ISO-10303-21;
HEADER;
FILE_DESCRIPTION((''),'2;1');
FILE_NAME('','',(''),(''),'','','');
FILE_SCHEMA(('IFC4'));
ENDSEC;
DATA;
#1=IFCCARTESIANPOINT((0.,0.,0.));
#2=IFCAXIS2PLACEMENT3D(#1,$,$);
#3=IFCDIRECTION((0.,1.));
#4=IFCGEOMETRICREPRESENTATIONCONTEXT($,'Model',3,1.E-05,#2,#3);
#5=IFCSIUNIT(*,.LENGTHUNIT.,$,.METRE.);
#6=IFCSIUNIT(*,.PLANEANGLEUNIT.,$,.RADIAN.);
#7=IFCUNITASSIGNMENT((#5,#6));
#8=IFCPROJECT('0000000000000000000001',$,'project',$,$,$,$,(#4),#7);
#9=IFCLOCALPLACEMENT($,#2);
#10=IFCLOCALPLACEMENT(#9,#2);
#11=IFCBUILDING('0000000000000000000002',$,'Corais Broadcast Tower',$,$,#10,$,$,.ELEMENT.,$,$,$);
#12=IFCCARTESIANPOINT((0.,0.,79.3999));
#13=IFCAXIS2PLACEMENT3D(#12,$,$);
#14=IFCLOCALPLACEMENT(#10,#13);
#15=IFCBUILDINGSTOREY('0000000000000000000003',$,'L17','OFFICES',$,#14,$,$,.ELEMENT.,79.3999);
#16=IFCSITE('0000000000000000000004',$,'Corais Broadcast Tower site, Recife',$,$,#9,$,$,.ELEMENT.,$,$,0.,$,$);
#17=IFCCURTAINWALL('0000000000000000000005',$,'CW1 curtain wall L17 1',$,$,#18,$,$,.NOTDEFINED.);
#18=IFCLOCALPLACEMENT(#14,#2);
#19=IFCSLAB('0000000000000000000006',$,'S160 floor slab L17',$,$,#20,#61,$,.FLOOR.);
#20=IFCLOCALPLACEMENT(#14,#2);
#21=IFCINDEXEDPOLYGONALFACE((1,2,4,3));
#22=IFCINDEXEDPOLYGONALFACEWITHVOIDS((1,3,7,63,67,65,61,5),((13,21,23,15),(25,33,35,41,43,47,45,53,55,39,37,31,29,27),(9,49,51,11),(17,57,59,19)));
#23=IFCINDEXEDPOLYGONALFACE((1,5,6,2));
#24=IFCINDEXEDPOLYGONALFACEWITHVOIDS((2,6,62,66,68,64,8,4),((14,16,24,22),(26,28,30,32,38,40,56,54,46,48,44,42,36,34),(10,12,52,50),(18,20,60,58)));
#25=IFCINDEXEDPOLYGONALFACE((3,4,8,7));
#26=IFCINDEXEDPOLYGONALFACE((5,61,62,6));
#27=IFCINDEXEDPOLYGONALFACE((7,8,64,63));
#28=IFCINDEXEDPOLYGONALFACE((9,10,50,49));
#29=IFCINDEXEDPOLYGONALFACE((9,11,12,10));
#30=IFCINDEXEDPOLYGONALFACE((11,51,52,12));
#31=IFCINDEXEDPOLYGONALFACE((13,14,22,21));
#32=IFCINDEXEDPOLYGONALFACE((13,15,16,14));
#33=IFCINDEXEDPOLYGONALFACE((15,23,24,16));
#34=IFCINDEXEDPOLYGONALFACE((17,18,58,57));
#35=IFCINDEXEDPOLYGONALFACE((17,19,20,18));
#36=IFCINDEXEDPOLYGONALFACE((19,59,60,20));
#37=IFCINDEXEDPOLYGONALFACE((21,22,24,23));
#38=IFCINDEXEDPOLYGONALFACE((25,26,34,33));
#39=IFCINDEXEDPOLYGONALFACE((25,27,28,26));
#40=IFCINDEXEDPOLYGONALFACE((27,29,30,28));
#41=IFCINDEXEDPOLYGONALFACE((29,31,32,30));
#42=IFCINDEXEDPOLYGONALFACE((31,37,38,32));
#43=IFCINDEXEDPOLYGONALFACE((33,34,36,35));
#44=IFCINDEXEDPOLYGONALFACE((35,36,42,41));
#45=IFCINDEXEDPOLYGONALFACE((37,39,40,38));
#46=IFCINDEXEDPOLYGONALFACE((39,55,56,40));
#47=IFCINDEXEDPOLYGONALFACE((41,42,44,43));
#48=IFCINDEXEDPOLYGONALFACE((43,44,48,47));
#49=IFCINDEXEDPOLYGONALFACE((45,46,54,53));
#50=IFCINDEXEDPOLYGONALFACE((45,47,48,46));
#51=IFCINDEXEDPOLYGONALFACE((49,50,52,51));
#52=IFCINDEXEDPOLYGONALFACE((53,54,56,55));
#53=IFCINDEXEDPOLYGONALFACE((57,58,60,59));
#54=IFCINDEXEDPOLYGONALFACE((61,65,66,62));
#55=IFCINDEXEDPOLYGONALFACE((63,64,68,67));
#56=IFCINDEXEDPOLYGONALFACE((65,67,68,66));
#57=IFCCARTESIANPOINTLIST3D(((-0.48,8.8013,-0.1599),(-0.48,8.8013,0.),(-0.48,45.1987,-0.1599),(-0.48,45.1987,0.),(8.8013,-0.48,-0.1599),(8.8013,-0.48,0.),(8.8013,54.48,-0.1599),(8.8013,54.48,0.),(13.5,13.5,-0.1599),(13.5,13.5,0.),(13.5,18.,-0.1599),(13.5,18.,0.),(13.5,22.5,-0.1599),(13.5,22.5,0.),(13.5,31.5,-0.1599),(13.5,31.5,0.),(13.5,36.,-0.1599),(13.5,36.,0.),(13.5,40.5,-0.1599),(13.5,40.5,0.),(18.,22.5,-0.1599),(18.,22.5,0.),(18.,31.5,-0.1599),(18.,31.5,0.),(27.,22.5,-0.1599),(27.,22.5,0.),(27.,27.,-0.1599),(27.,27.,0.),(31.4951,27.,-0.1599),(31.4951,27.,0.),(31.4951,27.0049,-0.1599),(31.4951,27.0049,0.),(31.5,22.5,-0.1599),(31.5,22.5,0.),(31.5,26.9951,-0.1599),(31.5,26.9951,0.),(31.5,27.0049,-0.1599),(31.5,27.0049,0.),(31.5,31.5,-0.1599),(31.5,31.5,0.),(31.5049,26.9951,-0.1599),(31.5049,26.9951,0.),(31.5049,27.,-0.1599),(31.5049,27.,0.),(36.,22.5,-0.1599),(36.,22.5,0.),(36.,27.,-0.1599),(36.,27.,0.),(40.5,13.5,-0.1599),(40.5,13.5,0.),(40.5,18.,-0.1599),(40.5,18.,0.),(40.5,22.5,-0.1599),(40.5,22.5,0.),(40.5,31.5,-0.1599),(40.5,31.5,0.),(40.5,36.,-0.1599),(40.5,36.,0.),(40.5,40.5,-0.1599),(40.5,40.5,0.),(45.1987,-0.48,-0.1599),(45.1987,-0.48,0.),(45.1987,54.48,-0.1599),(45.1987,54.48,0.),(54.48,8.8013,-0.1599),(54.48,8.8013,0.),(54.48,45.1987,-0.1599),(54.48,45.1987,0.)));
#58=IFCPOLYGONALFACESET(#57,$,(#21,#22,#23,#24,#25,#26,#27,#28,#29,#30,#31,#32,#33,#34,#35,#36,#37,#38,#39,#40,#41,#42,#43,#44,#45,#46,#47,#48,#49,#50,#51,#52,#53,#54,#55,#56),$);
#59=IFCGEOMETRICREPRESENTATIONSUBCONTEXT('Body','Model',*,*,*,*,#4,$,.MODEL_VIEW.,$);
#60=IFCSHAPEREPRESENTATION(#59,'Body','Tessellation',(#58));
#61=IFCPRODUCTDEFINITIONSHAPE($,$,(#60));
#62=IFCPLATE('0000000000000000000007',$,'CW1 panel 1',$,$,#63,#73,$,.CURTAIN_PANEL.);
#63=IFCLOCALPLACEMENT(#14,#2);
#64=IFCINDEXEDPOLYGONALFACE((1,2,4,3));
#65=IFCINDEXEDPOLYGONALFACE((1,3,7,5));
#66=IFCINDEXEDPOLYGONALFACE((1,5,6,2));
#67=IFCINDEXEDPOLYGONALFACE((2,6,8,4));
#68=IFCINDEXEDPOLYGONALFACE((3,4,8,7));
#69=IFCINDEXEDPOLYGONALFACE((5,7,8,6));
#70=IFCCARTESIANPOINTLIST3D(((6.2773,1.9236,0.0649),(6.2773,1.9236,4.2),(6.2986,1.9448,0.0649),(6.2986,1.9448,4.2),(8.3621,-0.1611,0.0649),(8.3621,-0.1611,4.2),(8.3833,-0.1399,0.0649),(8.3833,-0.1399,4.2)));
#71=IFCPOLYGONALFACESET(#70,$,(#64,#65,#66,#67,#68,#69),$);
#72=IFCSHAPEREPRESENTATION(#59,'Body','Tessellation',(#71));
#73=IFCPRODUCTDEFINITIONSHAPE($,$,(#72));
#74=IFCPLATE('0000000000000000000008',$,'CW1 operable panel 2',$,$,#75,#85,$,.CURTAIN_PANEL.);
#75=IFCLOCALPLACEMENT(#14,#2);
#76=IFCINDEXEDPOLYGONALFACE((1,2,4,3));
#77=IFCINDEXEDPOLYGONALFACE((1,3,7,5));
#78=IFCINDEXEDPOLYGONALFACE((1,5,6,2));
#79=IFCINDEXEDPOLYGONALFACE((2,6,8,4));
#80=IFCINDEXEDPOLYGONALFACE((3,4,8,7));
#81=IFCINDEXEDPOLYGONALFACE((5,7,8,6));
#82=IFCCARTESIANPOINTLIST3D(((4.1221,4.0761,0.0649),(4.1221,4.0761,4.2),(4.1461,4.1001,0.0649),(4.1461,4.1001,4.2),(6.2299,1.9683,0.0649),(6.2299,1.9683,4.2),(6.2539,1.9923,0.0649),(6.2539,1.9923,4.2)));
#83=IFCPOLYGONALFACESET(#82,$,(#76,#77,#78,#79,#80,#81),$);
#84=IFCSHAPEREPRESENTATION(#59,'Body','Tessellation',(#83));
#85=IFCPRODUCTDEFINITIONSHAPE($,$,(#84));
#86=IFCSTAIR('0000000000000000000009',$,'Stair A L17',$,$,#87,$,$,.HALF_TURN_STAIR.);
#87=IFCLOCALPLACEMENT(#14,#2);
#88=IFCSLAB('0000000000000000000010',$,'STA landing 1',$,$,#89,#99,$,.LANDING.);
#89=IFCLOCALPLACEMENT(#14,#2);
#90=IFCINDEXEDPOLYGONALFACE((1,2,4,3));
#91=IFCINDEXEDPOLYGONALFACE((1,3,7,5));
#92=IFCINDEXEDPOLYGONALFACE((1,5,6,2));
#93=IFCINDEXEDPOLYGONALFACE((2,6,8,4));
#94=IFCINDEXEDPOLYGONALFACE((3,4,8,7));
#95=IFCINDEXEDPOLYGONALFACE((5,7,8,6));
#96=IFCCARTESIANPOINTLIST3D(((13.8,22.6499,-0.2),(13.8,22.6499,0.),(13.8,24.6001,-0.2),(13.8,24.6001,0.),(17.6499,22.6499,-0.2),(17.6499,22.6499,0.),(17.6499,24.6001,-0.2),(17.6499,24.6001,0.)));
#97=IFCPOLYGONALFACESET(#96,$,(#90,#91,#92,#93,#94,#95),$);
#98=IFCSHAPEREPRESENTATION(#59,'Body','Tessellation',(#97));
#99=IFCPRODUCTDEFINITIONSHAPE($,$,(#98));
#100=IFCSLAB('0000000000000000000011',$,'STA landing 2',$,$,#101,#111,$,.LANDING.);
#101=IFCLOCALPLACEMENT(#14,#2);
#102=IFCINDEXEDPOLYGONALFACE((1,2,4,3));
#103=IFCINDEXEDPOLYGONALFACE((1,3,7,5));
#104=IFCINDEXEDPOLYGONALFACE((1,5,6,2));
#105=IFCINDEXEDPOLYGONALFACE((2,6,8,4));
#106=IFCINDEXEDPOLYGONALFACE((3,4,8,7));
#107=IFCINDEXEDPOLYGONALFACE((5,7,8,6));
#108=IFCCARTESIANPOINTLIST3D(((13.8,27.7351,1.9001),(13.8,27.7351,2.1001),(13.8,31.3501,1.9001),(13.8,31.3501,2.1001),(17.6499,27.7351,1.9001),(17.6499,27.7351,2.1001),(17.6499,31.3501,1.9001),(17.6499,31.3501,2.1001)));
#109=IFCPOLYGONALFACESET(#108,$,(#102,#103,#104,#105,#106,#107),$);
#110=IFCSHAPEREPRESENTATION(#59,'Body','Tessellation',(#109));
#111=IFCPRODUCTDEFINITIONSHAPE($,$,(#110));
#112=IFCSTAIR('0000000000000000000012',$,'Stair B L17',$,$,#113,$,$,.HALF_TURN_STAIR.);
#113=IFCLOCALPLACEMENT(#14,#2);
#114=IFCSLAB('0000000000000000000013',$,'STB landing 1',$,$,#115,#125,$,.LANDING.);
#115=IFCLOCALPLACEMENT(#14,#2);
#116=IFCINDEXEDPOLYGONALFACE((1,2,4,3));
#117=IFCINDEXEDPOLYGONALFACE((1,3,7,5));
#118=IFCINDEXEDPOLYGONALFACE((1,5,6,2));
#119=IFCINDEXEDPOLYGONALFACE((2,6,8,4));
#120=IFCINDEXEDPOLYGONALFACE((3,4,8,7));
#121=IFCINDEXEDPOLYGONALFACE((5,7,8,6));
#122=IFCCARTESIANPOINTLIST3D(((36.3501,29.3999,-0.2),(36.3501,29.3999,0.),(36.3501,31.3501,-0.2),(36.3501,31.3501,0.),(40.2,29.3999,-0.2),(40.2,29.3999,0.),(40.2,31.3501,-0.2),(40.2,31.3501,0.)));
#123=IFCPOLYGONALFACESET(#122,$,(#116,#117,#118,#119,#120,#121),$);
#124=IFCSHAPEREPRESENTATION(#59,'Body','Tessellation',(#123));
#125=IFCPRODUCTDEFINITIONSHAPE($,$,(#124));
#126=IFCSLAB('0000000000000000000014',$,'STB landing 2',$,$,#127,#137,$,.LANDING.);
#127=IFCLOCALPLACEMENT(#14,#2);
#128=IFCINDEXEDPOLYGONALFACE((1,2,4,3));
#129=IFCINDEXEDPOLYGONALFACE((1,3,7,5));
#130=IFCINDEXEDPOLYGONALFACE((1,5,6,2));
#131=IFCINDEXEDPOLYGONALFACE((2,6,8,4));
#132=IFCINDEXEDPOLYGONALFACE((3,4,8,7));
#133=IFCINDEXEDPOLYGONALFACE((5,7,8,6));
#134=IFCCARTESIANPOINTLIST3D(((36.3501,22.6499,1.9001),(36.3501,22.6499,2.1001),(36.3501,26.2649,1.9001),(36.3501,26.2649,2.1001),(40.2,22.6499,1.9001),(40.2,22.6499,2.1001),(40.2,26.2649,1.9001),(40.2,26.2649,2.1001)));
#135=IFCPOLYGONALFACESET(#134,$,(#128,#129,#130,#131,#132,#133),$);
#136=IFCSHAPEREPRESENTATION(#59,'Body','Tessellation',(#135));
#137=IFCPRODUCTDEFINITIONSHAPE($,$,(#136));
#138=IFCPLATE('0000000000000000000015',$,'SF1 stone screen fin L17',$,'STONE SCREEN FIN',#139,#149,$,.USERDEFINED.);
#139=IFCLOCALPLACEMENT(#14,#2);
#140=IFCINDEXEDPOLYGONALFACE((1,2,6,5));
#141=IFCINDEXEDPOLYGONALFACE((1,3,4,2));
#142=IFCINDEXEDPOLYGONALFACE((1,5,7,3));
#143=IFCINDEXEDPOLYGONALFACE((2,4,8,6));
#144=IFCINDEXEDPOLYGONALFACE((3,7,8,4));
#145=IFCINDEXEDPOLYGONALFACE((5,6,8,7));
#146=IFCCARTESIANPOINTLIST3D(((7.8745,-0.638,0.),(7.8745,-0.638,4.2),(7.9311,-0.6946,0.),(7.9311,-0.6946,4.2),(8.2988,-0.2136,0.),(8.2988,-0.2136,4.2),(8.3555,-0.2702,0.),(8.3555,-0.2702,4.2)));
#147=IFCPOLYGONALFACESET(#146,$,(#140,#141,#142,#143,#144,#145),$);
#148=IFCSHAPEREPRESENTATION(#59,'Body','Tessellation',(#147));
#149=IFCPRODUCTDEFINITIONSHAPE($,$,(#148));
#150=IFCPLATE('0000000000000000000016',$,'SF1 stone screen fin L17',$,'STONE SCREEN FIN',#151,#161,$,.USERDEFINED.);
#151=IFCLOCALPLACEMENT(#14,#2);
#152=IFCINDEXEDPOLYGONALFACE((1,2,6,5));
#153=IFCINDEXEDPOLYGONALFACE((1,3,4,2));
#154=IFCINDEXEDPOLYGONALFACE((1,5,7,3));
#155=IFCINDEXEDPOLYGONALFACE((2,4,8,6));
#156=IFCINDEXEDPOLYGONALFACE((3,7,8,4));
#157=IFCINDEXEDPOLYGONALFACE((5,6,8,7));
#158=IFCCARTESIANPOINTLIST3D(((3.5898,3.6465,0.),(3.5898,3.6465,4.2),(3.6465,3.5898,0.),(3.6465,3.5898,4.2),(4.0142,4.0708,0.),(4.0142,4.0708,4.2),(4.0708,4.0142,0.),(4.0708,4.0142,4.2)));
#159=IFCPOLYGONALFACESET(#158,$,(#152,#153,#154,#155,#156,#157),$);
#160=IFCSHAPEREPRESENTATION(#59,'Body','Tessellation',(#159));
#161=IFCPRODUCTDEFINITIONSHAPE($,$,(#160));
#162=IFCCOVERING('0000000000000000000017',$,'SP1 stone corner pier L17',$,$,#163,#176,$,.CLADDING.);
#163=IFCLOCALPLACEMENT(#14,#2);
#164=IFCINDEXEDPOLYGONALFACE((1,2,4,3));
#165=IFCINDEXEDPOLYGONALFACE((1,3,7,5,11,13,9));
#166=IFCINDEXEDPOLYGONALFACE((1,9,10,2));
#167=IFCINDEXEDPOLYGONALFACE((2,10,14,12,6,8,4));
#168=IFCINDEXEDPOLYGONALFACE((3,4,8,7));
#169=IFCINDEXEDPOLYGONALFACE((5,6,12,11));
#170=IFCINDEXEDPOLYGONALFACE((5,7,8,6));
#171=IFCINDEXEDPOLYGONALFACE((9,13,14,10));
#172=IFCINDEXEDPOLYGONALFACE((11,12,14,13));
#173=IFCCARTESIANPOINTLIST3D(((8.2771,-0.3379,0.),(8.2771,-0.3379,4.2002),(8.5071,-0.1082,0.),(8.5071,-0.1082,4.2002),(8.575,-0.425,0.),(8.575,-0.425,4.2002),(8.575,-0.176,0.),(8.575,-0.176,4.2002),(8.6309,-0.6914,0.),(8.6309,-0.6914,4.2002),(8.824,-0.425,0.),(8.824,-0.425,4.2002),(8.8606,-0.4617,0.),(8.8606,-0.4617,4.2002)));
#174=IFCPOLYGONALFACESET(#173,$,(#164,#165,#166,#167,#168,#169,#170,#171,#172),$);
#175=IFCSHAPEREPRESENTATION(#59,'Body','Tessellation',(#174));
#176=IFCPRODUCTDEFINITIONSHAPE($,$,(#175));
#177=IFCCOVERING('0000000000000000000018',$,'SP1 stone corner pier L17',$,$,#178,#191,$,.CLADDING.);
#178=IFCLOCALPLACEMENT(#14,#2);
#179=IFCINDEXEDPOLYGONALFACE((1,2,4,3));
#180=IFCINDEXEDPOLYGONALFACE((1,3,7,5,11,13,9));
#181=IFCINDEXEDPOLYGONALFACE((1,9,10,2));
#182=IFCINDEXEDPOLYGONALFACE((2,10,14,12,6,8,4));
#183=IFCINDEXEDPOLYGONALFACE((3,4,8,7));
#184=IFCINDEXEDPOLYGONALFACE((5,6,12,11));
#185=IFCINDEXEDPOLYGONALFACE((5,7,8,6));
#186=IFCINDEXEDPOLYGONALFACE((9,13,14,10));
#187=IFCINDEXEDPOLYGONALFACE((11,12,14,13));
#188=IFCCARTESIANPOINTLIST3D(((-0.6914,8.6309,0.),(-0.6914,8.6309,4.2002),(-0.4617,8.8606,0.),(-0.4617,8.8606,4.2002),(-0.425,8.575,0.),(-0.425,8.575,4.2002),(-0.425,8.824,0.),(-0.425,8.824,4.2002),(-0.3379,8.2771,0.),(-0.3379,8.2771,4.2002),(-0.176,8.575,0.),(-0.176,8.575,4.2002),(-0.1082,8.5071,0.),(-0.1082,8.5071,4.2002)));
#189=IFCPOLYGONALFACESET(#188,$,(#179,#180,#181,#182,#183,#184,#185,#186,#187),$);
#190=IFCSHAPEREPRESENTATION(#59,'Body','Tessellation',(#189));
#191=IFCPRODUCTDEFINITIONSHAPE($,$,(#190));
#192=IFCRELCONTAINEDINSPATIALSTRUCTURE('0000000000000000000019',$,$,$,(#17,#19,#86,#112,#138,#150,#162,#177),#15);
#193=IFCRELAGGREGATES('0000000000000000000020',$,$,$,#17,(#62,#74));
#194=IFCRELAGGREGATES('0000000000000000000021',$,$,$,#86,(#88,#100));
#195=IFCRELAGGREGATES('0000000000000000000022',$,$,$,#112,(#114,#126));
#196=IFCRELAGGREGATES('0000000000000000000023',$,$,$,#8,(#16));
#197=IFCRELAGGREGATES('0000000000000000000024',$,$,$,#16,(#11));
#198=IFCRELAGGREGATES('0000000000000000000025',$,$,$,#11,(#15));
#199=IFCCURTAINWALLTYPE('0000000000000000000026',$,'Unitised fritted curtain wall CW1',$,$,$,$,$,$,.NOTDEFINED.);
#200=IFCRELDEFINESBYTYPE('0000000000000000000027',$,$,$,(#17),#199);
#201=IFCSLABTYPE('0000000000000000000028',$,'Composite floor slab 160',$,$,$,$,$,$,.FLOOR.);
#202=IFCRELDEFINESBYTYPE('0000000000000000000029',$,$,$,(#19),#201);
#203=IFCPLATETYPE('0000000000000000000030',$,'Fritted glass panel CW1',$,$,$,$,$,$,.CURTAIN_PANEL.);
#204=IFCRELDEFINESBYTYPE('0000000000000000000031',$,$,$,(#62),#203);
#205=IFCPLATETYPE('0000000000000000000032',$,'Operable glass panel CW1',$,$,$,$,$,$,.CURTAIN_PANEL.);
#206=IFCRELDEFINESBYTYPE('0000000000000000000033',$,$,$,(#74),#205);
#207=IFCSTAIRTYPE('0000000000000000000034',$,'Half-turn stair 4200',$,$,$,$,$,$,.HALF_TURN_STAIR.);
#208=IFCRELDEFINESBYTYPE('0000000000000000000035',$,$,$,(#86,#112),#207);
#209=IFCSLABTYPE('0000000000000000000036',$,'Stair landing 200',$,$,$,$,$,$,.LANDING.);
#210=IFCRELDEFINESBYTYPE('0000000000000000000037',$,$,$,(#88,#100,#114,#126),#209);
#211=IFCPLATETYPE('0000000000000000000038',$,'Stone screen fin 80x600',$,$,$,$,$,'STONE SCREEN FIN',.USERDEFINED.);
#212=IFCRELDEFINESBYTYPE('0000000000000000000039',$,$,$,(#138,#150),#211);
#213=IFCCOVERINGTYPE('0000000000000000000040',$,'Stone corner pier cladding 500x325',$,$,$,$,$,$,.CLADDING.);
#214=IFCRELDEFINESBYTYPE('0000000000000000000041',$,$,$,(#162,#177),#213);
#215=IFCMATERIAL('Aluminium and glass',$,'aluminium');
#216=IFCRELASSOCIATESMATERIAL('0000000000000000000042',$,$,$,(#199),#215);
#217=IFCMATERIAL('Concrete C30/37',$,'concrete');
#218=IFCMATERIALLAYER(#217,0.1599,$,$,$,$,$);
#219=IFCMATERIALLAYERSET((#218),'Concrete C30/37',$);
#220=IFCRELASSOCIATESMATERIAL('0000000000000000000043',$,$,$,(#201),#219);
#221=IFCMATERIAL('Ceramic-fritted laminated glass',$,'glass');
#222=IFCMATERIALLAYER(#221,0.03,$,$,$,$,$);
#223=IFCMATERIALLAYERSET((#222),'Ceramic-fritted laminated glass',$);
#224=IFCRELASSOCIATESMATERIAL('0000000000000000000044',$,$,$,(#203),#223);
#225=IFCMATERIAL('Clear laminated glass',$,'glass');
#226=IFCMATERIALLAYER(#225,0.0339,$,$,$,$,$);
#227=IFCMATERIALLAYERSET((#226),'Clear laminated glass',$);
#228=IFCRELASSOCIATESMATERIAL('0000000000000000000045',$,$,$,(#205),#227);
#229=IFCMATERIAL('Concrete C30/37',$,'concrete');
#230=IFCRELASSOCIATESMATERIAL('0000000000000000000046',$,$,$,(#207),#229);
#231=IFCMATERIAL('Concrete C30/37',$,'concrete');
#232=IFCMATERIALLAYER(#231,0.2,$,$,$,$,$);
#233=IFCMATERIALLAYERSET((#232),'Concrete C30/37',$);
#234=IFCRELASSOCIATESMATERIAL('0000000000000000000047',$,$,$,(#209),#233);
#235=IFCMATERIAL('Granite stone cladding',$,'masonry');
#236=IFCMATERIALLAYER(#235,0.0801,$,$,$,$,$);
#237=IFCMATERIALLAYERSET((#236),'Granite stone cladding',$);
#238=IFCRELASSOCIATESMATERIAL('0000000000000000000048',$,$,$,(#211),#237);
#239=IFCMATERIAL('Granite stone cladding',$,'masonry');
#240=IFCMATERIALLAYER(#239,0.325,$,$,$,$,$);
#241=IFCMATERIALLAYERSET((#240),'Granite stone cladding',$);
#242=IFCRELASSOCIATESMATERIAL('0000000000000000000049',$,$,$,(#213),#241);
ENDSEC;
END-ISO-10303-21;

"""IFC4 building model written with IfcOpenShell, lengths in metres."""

from ifc_helpers import new_model, si_unit, direction, frame, origin, origin_2d, place, context, subcontext, project, spatial, polyline, rectangle, outline, extrude, material, layer, layer_set, type_object, element, aggregate, save


model = new_model("IFC4")

# Units and contexts
model_context = context("Model", 3, precision=1e-05, world=origin(), true_north=direction((0.0, 1.0)))
body_context = subcontext(model_context, "Body", "Model", "MODEL_VIEW")
ifc_project = project(units=[si_unit("LENGTHUNIT", "METRE"), si_unit("PLANEANGLEUNIT", "RADIAN")], contexts=[model_context])

# Site, building, storey
site_placement = place(None, origin())
site = spatial("IfcSite", under=ifc_project, at=site_placement, Name="Corais Broadcast Tower site, Recife", CompositionType="ELEMENT", RefElevation=0.0)
building_placement = place(site_placement, origin())
building = spatial("IfcBuilding", under=site, at=building_placement, Name="Corais Broadcast Tower", CompositionType="ELEMENT")
storey_placement = place(building_placement, frame((0.0, 0.0, 79.3999)))
storey = spatial("IfcBuildingStorey", under=building, at=storey_placement, Name="L17", Description="OFFICES", CompositionType="ELEMENT", Elevation=79.3999)

# Curtain wall
ifc_material_1 = material(Name="Aluminium and glass", Category="aluminium")
curtain_wall_type = type_object("IfcCurtainWallType", Name="Unitised fritted curtain wall CW1", PredefinedType="NOTDEFINED", material=ifc_material_1)
curtain_wall_placement = place(storey_placement, origin())
curtain_wall = element("IfcCurtainWall", 1, at=curtain_wall_placement, inside=storey, type_object=curtain_wall_type, Name="CW1 curtain wall L17 1", PredefinedType="NOTDEFINED")

# Slab
ifc_material_2 = material(Name="Concrete C30/37", Category="concrete")
ifc_layer_1 = layer(ifc_material_2, 0.1599)
ifc_layer_set_1 = layer_set([ifc_layer_1], Name="Concrete C30/37")
slab_type_1 = type_object("IfcSlabType", Name="Composite floor slab 160", PredefinedType="FLOOR", material=ifc_layer_set_1)
slab_1_placement = place(storey_placement, frame((0.0, 0.0, -0.1599)))
element("IfcSlab", 2, at=slab_1_placement, inside=storey, type_object=slab_type_1, Name="S160 floor slab L17", PredefinedType="FLOOR", context=body_context, shape_type="SweptSolid", body=[
    extrude(outline(polyline([(8.8013, -0.48), (-0.48, 8.8013), (-0.48, 45.1987), (8.8013, 54.48), (45.1987, 54.48), (54.48, 45.1987), (54.48, 8.8013), (45.1987, -0.48), (8.8013, -0.48)]), holes=[polyline([(13.5, 18.0), (40.5, 18.0), (40.5, 13.5), (13.5, 13.5), (13.5, 18.0)]), polyline([(13.5, 22.5), (13.5, 31.5), (18.0, 31.5), (18.0, 22.5), (13.5, 22.5)]), polyline([(13.5, 40.5), (40.5, 40.5), (40.5, 36.0), (13.5, 36.0), (13.5, 40.5)]), polyline([(27.0, 22.5), (27.0, 27.0), (31.4951, 27.0), (31.4951, 27.0049), (31.5, 27.0049), (31.5, 31.5), (40.5, 31.5), (40.5, 22.5), (36.0, 22.5), (36.0, 27.0), (31.5049, 27.0), (31.5049, 26.9951), (31.5, 26.9951), (31.5, 22.5), (27.0, 22.5)])]), origin(), (0.0, 0.0, 1.0), 0.1599),
])

# Plates
ifc_material_3 = material(Name="Ceramic-fritted laminated glass", Category="glass")
ifc_layer_2 = layer(ifc_material_3, 0.03)
ifc_layer_set_2 = layer_set([ifc_layer_2], Name="Ceramic-fritted laminated glass")
plate_type_1 = type_object("IfcPlateType", Name="Fritted glass panel CW1", PredefinedType="CURTAIN_PANEL", material=ifc_layer_set_2)
plate_1_placement = place(storey_placement, frame((7.3303, 0.8918, 0.0649), z_axis=(0.0, 0.0, 1.0), x_axis=(-0.707107, 0.707107, 0.0)))
plate_1 = element("IfcPlate", 3, at=plate_1_placement, type_object=plate_type_1, Name="CW1 panel 1", PredefinedType="CURTAIN_PANEL", context=body_context, shape_type="SweptSolid", body=[
    extrude(rectangle(XDim=2.9482, YDim=0.03, at=origin_2d()), origin(), (0.0, 0.0, 1.0), 4.135),
])
ifc_material_4 = material(Name="Clear laminated glass", Category="glass")
ifc_layer_3 = layer(ifc_material_4, 0.0339)
ifc_layer_set_3 = layer_set([ifc_layer_3], Name="Clear laminated glass")
plate_type_2 = type_object("IfcPlateType", Name="Operable glass panel CW1", PredefinedType="CURTAIN_PANEL", material=ifc_layer_set_3)
plate_2_placement = place(storey_placement, frame((5.188, 3.0342, 0.0649), z_axis=(0.0, 0.0, 1.0), x_axis=(-0.707107, 0.707107, 0.0)))
plate_2 = element("IfcPlate", 4, at=plate_2_placement, type_object=plate_type_2, Name="CW1 operable panel 2", PredefinedType="CURTAIN_PANEL", context=body_context, shape_type="SweptSolid", body=[
    extrude(rectangle(XDim=2.981, YDim=0.0339, at=origin_2d()), origin(), (0.0, 0.0, 1.0), 4.135),
])
aggregate(curtain_wall, [plate_1, plate_2])

# Stairs, slabs
ifc_material_5 = material(Name="Concrete C30/37", Category="concrete")
stair_type = type_object("IfcStairType", Name="Half-turn stair 4200", PredefinedType="HALF_TURN_STAIR", material=ifc_material_5)
stair_1_placement = place(storey_placement, origin())
stair_1 = element("IfcStair", 5, at=stair_1_placement, inside=storey, type_object=stair_type, Name="Stair A L17", PredefinedType="HALF_TURN_STAIR")
ifc_material_6 = material(Name="Concrete C30/37", Category="concrete")
ifc_layer_4 = layer(ifc_material_6, 0.2)
ifc_layer_set_4 = layer_set([ifc_layer_4], Name="Concrete C30/37")
slab_type_2 = type_object("IfcSlabType", Name="Stair landing 200", PredefinedType="LANDING", material=ifc_layer_set_4)
slab_2_placement = place(storey_placement, frame((0.0, 0.0, -0.2)))
slab_2 = element("IfcSlab", 6, at=slab_2_placement, type_object=slab_type_2, Name="STA landing 1", PredefinedType="LANDING", context=body_context, shape_type="SweptSolid", body=[
    extrude(outline(polyline([(13.8, 22.6499), (17.6499, 22.6499), (17.6499, 24.6001), (13.8, 24.6001), (13.8, 22.6499)])), origin(), (0.0, 0.0, 1.0), 0.2),
])
slab_3_placement = place(storey_placement, frame((0.0, 0.0, 1.9001)))
slab_3 = element("IfcSlab", 7, at=slab_3_placement, type_object=slab_type_2, Name="STA landing 2", PredefinedType="LANDING", context=body_context, shape_type="SweptSolid", body=[
    extrude(outline(polyline([(13.8, 27.7351), (17.6499, 27.7351), (17.6499, 31.3501), (13.8, 31.3501), (13.8, 27.7351)])), origin(), (0.0, 0.0, 1.0), 0.2),
])
aggregate(stair_1, [slab_2, slab_3])
stair_2_placement = place(storey_placement, origin())
stair_2 = element("IfcStair", 8, at=stair_2_placement, inside=storey, type_object=stair_type, Name="Stair B L17", PredefinedType="HALF_TURN_STAIR")
slab_4_placement = place(storey_placement, frame((0.0, 0.0, -0.2)))
slab_4 = element("IfcSlab", 9, at=slab_4_placement, type_object=slab_type_2, Name="STB landing 1", PredefinedType="LANDING", context=body_context, shape_type="SweptSolid", body=[
    extrude(outline(polyline([(36.3501, 29.3999), (40.2, 29.3999), (40.2, 31.3501), (36.3501, 31.3501), (36.3501, 29.3999)])), origin(), (0.0, 0.0, 1.0), 0.2),
])
slab_5_placement = place(storey_placement, frame((0.0, 0.0, 1.9001)))
slab_5 = element("IfcSlab", 10, at=slab_5_placement, type_object=slab_type_2, Name="STB landing 2", PredefinedType="LANDING", context=body_context, shape_type="SweptSolid", body=[
    extrude(outline(polyline([(36.3501, 22.6499), (40.2, 22.6499), (40.2, 26.2649), (36.3501, 26.2649), (36.3501, 22.6499)])), origin(), (0.0, 0.0, 1.0), 0.2),
])
aggregate(stair_2, [slab_4, slab_5])

# Plates
ifc_material_7 = material(Name="Granite stone cladding", Category="masonry")
ifc_layer_5 = layer(ifc_material_7, 0.0801)
ifc_layer_set_5 = layer_set([ifc_layer_5], Name="Granite stone cladding")
plate_type_3 = type_object("IfcPlateType", Name="Stone screen fin 80x600", ElementType="STONE SCREEN FIN", PredefinedType="USERDEFINED", material=ifc_layer_set_5)
for number, where, z_axis, x_axis, name in (
    (11, (8.115, -0.4541, 0.0), (0.0, 0.0, 1.0), (-0.707107, 0.707107, 0.0), "SF1 stone screen fin L17"),
    (12, (3.8303, 3.8303, 0.0), (0.0, 0.0, 1.0), (-0.707107, 0.707107, 0.0), "SF1 stone screen fin L17"),
):
    element("IfcPlate", number, at=place(storey_placement, frame(where, z_axis=z_axis, x_axis=x_axis)), inside=storey, type_object=plate_type_3, Name=name, ObjectType="STONE SCREEN FIN", PredefinedType="USERDEFINED", context=body_context, shape_type="SweptSolid", body=[
        extrude(rectangle(XDim=0.0801, YDim=0.6001, at=origin_2d()), origin(), (0.0, 0.0, 1.0), 4.2),
    ])

# Coverings
ifc_material_8 = material(Name="Granite stone cladding", Category="masonry")
ifc_layer_6 = layer(ifc_material_8, 0.325)
ifc_layer_set_6 = layer_set([ifc_layer_6], Name="Granite stone cladding")
covering_type_1 = type_object("IfcCoveringType", Name="Stone corner pier cladding 500x325", PredefinedType="CLADDING", material=ifc_layer_set_6)
covering_1_placement = place(storey_placement, origin())
element("IfcCovering", 13, at=covering_1_placement, inside=storey, type_object=covering_type_1, Name="SP1 stone corner pier L17", PredefinedType="CLADDING", context=body_context, shape_type="SweptSolid", body=[
    extrude(outline(polyline([(8.8606, -0.4617), (8.824, -0.425), (8.575, -0.425), (8.575, -0.176), (8.5071, -0.1082), (8.2771, -0.3379), (8.6309, -0.6914), (8.8606, -0.4617)])), origin(), (0.0, 0.0, 1.0), 4.2002),
])
covering_2_placement = place(storey_placement, origin())
element("IfcCovering", 14, at=covering_2_placement, inside=storey, type_object=covering_type_1, Name="SP1 stone corner pier L17", PredefinedType="CLADDING", context=body_context, shape_type="SweptSolid", body=[
    extrude(outline(polyline([(-0.425, 8.824), (-0.4617, 8.8606), (-0.6914, 8.6309), (-0.3379, 8.2771), (-0.1082, 8.5071), (-0.176, 8.575), (-0.425, 8.575), (-0.425, 8.824)])), origin(), (0.0, 0.0, 1.0), 4.2002),
])

save(model, "model.ifc")
